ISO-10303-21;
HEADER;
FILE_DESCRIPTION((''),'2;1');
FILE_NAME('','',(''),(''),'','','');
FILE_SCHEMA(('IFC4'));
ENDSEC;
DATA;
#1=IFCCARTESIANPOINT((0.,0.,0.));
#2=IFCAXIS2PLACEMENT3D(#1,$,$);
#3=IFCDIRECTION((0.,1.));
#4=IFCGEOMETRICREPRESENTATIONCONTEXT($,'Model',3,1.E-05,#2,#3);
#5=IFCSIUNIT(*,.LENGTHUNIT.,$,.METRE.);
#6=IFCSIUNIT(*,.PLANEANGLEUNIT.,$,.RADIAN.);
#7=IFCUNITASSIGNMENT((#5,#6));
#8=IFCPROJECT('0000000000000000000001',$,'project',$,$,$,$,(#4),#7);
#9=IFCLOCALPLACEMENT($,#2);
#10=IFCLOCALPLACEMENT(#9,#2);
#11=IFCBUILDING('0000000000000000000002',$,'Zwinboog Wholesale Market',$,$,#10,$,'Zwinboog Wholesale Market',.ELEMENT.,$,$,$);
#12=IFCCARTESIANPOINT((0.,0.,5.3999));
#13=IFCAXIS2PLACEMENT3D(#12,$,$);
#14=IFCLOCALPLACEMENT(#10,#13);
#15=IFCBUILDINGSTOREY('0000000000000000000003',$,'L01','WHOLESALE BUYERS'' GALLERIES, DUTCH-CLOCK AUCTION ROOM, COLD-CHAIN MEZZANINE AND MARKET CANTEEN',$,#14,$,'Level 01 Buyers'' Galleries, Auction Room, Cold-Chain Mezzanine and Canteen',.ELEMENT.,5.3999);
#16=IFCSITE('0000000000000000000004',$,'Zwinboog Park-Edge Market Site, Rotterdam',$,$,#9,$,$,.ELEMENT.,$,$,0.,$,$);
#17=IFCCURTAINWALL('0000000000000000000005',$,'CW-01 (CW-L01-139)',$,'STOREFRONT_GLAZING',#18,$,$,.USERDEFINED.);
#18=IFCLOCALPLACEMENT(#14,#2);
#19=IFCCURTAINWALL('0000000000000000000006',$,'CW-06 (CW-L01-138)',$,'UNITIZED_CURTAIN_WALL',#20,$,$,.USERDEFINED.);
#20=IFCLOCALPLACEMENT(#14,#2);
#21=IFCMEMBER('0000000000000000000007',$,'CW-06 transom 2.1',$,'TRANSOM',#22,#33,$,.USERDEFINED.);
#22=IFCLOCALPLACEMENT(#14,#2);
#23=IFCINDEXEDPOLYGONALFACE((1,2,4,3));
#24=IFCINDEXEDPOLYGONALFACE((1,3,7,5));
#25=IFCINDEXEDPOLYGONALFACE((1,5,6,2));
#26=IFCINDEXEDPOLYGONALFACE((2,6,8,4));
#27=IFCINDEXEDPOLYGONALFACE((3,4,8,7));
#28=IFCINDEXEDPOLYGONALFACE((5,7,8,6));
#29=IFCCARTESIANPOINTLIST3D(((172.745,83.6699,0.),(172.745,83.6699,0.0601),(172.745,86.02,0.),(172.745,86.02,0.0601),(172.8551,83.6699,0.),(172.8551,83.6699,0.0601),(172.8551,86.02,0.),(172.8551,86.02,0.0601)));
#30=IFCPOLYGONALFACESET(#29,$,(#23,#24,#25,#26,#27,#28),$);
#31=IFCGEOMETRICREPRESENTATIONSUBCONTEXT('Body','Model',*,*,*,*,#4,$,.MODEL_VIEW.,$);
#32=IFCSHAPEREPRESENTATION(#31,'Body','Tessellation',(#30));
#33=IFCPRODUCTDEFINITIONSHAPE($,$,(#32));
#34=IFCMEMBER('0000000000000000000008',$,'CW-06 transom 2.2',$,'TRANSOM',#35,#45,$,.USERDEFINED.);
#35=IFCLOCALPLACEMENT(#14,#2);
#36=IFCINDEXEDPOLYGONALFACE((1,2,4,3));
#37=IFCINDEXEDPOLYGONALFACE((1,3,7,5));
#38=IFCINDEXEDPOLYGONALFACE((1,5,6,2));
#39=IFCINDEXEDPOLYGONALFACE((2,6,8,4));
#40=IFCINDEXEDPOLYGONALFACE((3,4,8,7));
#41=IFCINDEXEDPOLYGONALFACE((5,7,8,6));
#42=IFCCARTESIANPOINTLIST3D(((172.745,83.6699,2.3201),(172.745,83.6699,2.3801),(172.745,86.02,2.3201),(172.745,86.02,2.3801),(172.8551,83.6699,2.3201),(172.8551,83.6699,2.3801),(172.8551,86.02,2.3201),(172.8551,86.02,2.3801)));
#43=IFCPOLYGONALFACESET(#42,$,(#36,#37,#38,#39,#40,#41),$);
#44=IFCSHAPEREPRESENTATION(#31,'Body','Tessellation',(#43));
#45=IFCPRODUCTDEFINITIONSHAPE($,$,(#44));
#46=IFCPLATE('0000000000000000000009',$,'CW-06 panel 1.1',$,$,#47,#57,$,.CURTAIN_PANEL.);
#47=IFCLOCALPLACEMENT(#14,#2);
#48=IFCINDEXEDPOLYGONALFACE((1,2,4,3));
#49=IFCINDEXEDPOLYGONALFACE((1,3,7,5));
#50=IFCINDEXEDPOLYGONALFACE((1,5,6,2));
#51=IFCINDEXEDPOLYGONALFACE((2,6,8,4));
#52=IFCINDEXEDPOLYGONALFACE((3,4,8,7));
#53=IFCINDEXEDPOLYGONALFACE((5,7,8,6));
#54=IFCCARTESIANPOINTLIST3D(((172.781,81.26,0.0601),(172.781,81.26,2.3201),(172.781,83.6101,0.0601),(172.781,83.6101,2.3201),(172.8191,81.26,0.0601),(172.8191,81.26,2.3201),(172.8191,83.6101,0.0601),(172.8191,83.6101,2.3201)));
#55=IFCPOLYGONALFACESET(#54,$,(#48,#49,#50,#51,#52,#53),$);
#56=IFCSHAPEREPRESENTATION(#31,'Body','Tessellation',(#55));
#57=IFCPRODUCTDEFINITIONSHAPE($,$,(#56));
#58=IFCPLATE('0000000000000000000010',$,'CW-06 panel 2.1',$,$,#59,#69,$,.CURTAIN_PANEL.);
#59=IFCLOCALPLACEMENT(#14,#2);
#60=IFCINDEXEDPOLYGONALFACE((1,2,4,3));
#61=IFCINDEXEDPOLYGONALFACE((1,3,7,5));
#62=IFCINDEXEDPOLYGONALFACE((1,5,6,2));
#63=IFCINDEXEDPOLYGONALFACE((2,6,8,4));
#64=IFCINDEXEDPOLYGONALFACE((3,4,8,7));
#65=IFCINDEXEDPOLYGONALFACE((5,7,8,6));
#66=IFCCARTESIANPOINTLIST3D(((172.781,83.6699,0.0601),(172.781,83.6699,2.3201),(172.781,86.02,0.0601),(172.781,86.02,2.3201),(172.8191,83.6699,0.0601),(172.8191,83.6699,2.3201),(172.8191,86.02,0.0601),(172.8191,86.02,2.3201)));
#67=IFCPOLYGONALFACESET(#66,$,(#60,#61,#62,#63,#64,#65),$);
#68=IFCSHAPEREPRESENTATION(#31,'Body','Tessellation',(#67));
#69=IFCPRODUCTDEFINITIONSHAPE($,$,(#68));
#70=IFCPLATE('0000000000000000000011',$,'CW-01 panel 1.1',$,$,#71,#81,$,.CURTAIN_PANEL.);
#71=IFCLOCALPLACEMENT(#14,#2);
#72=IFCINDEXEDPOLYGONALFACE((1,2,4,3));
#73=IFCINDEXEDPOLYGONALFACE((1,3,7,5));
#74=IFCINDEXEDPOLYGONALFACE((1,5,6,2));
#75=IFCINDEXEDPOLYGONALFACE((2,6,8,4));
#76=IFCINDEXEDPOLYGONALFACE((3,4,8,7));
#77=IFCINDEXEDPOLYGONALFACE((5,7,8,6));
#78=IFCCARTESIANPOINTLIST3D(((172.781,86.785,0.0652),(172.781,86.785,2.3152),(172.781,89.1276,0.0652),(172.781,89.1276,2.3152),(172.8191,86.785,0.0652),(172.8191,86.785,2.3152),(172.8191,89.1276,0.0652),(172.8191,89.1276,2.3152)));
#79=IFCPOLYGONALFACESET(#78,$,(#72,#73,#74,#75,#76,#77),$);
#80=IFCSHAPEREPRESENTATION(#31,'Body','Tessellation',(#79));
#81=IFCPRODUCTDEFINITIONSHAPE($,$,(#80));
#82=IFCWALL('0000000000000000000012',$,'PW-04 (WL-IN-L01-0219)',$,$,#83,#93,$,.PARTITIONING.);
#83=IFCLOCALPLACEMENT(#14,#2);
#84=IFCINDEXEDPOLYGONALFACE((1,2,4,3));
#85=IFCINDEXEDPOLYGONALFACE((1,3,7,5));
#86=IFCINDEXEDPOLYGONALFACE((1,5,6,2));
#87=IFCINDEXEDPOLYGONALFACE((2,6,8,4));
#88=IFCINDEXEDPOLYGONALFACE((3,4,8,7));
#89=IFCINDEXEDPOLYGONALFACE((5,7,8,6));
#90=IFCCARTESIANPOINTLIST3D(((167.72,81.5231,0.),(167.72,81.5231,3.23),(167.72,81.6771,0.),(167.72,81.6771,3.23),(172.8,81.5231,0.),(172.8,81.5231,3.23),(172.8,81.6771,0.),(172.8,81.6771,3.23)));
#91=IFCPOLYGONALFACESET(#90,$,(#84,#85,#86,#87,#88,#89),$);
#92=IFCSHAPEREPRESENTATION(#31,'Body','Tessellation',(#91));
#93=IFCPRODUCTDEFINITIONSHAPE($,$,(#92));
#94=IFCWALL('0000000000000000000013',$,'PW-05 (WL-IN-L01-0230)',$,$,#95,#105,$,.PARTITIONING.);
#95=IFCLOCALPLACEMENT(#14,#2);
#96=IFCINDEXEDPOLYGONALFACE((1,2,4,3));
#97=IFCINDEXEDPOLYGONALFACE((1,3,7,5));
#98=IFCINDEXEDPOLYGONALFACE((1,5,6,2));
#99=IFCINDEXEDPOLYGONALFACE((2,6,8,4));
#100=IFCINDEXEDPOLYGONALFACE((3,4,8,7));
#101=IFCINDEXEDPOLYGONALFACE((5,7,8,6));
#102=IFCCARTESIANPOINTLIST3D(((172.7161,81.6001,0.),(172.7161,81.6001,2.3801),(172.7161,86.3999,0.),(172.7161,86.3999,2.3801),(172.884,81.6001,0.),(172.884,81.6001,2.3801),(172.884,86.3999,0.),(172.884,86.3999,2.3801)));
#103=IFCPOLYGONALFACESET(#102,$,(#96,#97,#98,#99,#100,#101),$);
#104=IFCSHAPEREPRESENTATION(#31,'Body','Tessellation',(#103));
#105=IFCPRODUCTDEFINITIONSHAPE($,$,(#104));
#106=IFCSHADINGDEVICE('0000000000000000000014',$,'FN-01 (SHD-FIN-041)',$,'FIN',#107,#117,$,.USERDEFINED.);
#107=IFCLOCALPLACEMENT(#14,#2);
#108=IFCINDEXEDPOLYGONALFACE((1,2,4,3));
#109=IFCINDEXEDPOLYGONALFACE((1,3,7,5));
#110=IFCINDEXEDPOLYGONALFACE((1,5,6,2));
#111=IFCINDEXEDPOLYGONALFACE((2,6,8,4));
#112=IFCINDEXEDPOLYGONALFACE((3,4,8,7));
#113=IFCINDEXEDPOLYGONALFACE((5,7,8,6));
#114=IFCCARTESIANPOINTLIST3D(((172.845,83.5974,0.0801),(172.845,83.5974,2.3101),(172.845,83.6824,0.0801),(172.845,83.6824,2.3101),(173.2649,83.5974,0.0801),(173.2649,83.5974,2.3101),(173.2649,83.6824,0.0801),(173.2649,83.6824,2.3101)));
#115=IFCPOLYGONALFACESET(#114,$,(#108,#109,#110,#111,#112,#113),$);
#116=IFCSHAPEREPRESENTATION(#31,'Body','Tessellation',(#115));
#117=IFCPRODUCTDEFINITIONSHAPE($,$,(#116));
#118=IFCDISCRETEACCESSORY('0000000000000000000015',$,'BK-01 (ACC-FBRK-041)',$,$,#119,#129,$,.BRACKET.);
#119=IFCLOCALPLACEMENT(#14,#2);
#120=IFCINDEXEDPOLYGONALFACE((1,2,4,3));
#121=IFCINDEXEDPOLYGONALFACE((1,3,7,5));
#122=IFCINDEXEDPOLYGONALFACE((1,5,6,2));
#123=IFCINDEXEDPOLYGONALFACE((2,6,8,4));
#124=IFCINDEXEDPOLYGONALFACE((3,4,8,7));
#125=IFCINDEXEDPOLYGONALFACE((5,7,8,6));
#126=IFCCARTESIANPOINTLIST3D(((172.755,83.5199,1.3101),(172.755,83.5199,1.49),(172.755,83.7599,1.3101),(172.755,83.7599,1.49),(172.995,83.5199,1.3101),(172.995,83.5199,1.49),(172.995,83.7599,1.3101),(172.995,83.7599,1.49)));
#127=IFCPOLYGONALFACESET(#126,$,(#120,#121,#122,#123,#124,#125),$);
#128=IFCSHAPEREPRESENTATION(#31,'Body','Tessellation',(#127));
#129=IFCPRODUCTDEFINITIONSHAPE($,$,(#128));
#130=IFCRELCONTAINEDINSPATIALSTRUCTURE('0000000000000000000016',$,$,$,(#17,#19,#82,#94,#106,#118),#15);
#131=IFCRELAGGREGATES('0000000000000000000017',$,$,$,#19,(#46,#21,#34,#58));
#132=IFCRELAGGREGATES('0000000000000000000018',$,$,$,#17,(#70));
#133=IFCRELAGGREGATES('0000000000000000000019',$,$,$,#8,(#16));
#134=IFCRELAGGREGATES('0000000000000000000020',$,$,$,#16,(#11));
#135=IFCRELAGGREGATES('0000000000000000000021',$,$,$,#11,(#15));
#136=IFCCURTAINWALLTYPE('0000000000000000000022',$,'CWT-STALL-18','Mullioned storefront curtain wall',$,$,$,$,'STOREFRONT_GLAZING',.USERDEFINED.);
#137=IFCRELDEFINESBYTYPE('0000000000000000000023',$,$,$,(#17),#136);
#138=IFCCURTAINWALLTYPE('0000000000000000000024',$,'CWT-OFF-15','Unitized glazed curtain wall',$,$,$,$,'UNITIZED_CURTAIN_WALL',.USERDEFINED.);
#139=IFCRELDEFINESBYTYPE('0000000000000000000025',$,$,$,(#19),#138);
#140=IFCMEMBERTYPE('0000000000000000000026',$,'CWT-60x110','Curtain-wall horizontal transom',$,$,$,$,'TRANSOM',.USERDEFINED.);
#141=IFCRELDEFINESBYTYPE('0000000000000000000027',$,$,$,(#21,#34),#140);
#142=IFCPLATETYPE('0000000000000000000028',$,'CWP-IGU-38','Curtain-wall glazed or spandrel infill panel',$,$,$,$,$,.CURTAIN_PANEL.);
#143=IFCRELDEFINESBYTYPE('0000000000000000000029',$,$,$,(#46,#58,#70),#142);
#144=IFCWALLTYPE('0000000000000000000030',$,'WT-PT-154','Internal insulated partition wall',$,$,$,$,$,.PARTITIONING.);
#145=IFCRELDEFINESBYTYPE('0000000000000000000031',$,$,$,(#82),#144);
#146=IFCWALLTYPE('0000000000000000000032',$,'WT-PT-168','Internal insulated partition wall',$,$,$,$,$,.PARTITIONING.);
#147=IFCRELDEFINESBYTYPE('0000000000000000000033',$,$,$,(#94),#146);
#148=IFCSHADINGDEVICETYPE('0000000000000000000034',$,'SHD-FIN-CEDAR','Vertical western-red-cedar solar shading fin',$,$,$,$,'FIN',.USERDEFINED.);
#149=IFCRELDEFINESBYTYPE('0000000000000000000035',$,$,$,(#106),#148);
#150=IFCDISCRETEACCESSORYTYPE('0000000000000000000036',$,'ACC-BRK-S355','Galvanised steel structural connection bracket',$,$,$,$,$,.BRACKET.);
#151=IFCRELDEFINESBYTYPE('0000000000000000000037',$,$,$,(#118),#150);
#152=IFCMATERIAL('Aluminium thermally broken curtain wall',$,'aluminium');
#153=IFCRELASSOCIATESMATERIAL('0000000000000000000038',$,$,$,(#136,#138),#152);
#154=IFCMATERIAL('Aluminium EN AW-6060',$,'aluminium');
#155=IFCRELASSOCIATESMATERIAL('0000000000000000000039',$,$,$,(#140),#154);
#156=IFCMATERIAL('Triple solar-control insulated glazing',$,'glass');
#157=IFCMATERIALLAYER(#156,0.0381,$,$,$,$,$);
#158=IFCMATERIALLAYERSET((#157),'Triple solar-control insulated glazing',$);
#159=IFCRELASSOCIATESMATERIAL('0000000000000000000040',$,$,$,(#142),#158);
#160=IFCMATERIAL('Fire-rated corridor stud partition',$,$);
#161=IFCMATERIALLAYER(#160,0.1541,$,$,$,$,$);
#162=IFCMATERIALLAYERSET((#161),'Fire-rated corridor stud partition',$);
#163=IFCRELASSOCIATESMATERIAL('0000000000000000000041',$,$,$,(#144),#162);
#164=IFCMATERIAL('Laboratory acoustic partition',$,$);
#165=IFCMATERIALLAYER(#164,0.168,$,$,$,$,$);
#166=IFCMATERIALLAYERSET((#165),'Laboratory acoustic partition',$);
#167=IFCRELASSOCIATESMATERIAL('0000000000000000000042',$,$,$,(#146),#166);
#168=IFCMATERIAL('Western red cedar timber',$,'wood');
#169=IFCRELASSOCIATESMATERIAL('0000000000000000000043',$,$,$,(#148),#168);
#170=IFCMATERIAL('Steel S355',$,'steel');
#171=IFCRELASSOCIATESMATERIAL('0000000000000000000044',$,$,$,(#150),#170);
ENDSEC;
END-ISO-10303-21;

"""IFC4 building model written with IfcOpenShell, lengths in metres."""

from ifc_helpers import new_model, si_unit, direction, frame, frame_2d, origin, origin_2d, place, context, subcontext, project, spatial, rectangle, extrude, material, layer, layer_set, material_profile, profile_set, type_object, element, aggregate, save


model = new_model("IFC4")

# Units and contexts
model_context = context("Model", 3, precision=1e-05, world=origin(), true_north=direction((0.0, 1.0)))
body_context = subcontext(model_context, "Body", "Model", "MODEL_VIEW")
ifc_project = project(units=[si_unit("LENGTHUNIT", "METRE"), si_unit("PLANEANGLEUNIT", "RADIAN")], contexts=[model_context])

# Site, building, storey
site_placement = place(None, origin())
site = spatial("IfcSite", under=ifc_project, at=site_placement, Name="Zwinboog Park-Edge Market Site, Rotterdam", CompositionType="ELEMENT", RefElevation=0.0)
building_placement = place(site_placement, origin())
building = spatial("IfcBuilding", under=site, at=building_placement, Name="Zwinboog Wholesale Market", LongName="Zwinboog Wholesale Market", CompositionType="ELEMENT")
storey_placement = place(building_placement, frame((0.0, 0.0, 5.3999)))
storey = spatial("IfcBuildingStorey", under=building, at=storey_placement, Name="L01", Description="WHOLESALE BUYERS' GALLERIES, DUTCH-CLOCK AUCTION ROOM, COLD-CHAIN MEZZANINE AND MARKET CANTEEN", LongName="Level 01 Buyers' Galleries, Auction Room, Cold-Chain Mezzanine and Canteen", CompositionType="ELEMENT", Elevation=5.3999)

# Shared definitions
ifc_material_1 = material(Name="Steel S355", Category="steel")

# Curtain walls
ifc_material_2 = material(Name="Aluminium thermally broken curtain wall", Category="aluminium")
curtain_wall_type_1 = type_object("IfcCurtainWallType", Name="CWT-STALL-18", Description="Mullioned storefront curtain wall", ElementType="STOREFRONT_GLAZING", PredefinedType="USERDEFINED", material=ifc_material_2)
curtain_wall_1_placement = place(storey_placement, origin())
curtain_wall_1 = element("IfcCurtainWall", 1, at=curtain_wall_1_placement, inside=storey, type_object=curtain_wall_type_1, Name="CW-01 (CW-L01-139)", ObjectType="STOREFRONT_GLAZING", PredefinedType="USERDEFINED")
ifc_material_3 = material(Name="Aluminium EN AW-6060", Category="aluminium")
curtain_wall_type_2 = type_object("IfcCurtainWallType", Name="CWT-OFF-15", Description="Unitized glazed curtain wall", ElementType="UNITIZED_CURTAIN_WALL", PredefinedType="USERDEFINED", material=ifc_material_2)
curtain_wall_2_placement = place(storey_placement, origin())
curtain_wall_2 = element("IfcCurtainWall", 2, at=curtain_wall_2_placement, inside=storey, type_object=curtain_wall_type_2, Name="CW-06 (CW-L01-138)", ObjectType="UNITIZED_CURTAIN_WALL", PredefinedType="USERDEFINED")

# Members
ifc_material_profile_1 = material_profile(ifc_material_3, rectangle(XDim=0.1101, YDim=0.0601, at=origin_2d()), Name="AL 60x110")
ifc_profile_set_1 = profile_set([ifc_material_profile_1], Name="Aluminium EN AW-6060")
member_type_1 = type_object("IfcMemberType", Name="CWT-60x110", Description="Curtain-wall horizontal transom", ElementType="TRANSOM", PredefinedType="USERDEFINED", material=ifc_profile_set_1)
member_1_placement = place(storey_placement, frame((172.8, 83.6699, 0.03), z_axis=(0.0, 1.0, 0.0), x_axis=(-1.0, 0.0, 0.0)))
member_1 = element("IfcMember", 3, at=member_1_placement, type_object=member_type_1, Name="CW-06 transom 2.1", ObjectType="TRANSOM", PredefinedType="USERDEFINED", context=body_context, shape_type="SweptSolid", body=[
    extrude(rectangle(XDim=0.1101, YDim=0.0601, at=origin_2d()), origin(), (0.0, 0.0, 1.0), 2.3501),
])
member_2_placement = place(storey_placement, frame((172.8, 83.6699, 2.3501), z_axis=(0.0, 1.0, 0.0), x_axis=(-1.0, 0.0, 0.0)))
member_2 = element("IfcMember", 4, at=member_2_placement, type_object=member_type_1, Name="CW-06 transom 2.2", ObjectType="TRANSOM", PredefinedType="USERDEFINED", context=body_context, shape_type="SweptSolid", body=[
    extrude(rectangle(XDim=0.1101, YDim=0.0601, at=origin_2d()), origin(), (0.0, 0.0, 1.0), 2.3501),
])

# Plates
ifc_material_4 = material(Name="Triple solar-control insulated glazing", Category="glass")
ifc_layer_1 = layer(ifc_material_4, 0.0381)
ifc_layer_set_1 = layer_set([ifc_layer_1], Name="Triple solar-control insulated glazing")
plate_type = type_object("IfcPlateType", Name="CWP-IGU-38", Description="Curtain-wall glazed or spandrel infill panel", PredefinedType="CURTAIN_PANEL", material=ifc_layer_set_1)
plate_1_placement = place(storey_placement, frame((172.8, 82.4351, 0.0601), z_axis=(0.0, 0.0, 1.0), x_axis=(0.0, 1.0, 0.0)))
plate_1 = element("IfcPlate", 5, at=plate_1_placement, type_object=plate_type, Name="CW-06 panel 1.1", PredefinedType="CURTAIN_PANEL", context=body_context, shape_type="SweptSolid", body=[
    extrude(rectangle(XDim=2.3501, YDim=0.0381, at=origin_2d()), origin(), (0.0, 0.0, 1.0), 2.26),
])
plate_2_placement = place(storey_placement, frame((172.8, 84.845, 0.0601), z_axis=(0.0, 0.0, 1.0), x_axis=(0.0, 1.0, 0.0)))
plate_2 = element("IfcPlate", 6, at=plate_2_placement, type_object=plate_type, Name="CW-06 panel 2.1", PredefinedType="CURTAIN_PANEL", context=body_context, shape_type="SweptSolid", body=[
    extrude(rectangle(XDim=2.3501, YDim=0.0381, at=origin_2d()), origin(), (0.0, 0.0, 1.0), 2.26),
])
aggregate(curtain_wall_2, [plate_1, member_1, member_2, plate_2])
plate_3_placement = place(storey_placement, frame((172.8, 87.9563, 0.0652), z_axis=(0.0, 0.0, 1.0), x_axis=(0.0, 1.0, 0.0)))
plate_3 = element("IfcPlate", 7, at=plate_3_placement, type_object=plate_type, Name="CW-01 panel 1.1", PredefinedType="CURTAIN_PANEL", context=body_context, shape_type="SweptSolid", body=[
    extrude(rectangle(XDim=2.3425, YDim=0.0381, at=origin_2d()), origin(), (0.0, 0.0, 1.0), 2.25),
])
aggregate(curtain_wall_1, [plate_3])

# Walls
ifc_material_5 = material(Name="Fire-rated corridor stud partition")
ifc_layer_2 = layer(ifc_material_5, 0.1541)
ifc_layer_set_2 = layer_set([ifc_layer_2], Name="Fire-rated corridor stud partition")
wall_type_1 = type_object("IfcWallType", Name="WT-PT-154", Description="Internal insulated partition wall", PredefinedType="PARTITIONING", material=ifc_layer_set_2)
wall_1_placement = place(storey_placement, frame((167.72, 81.6001, 0.0), z_axis=(0.0, 0.0, 1.0), x_axis=(1.0, 0.0, 0.0)))
element("IfcWall", 8, at=wall_1_placement, inside=storey, type_object=wall_type_1, Name="PW-04 (WL-IN-L01-0219)", PredefinedType="PARTITIONING", context=body_context, shape_type="SweptSolid", body=[
    extrude(rectangle(XDim=5.0801, YDim=0.1541, at=frame_2d((2.54, 0.0))), origin(), (0.0, 0.0, 1.0), 3.23),
])
ifc_material_6 = material(Name="Laboratory acoustic partition")
ifc_layer_3 = layer(ifc_material_6, 0.168)
ifc_layer_set_3 = layer_set([ifc_layer_3], Name="Laboratory acoustic partition")
wall_type_2 = type_object("IfcWallType", Name="WT-PT-168", Description="Internal insulated partition wall", PredefinedType="PARTITIONING", material=ifc_layer_set_3)
wall_2_placement = place(storey_placement, frame((172.8, 81.6001, 0.0), z_axis=(0.0, 0.0, 1.0), x_axis=(0.0, 1.0, 0.0)))
element("IfcWall", 9, at=wall_2_placement, inside=storey, type_object=wall_type_2, Name="PW-05 (WL-IN-L01-0230)", PredefinedType="PARTITIONING", context=body_context, shape_type="SweptSolid", body=[
    extrude(rectangle(XDim=4.7998, YDim=0.168, at=frame_2d((2.3999, 0.0))), origin(), (0.0, 0.0, 1.0), 2.3801),
])

# Shading device
ifc_material_7 = material(Name="Western red cedar timber", Category="wood")
shading_device_type = type_object("IfcShadingDeviceType", Name="SHD-FIN-CEDAR", Description="Vertical western-red-cedar solar shading fin", ElementType="FIN", PredefinedType="USERDEFINED", material=ifc_material_7)
shading_device_placement = place(storey_placement, frame((173.0549, 83.6399, 0.0801), z_axis=(0.0, 0.0, 1.0), x_axis=(1.0, 0.0, 0.0)))
element("IfcShadingDevice", 10, at=shading_device_placement, inside=storey, type_object=shading_device_type, Name="FN-01 (SHD-FIN-041)", ObjectType="FIN", PredefinedType="USERDEFINED", context=body_context, shape_type="SweptSolid", body=[
    extrude(rectangle(XDim=0.4199, YDim=0.085, at=origin_2d()), origin(), (0.0, 0.0, 1.0), 2.23),
])

# Discrete accessory
discrete_accessory_type = type_object("IfcDiscreteAccessoryType", Name="ACC-BRK-S355", Description="Galvanised steel structural connection bracket", PredefinedType="BRACKET", material=ifc_material_1)
discrete_accessory_placement = place(storey_placement, frame((172.875, 83.6399, 1.3101), z_axis=(0.0, 0.0, 1.0), x_axis=(1.0, 0.0, 0.0)))
element("IfcDiscreteAccessory", 11, at=discrete_accessory_placement, inside=storey, type_object=discrete_accessory_type, Name="BK-01 (ACC-FBRK-041)", PredefinedType="BRACKET", context=body_context, shape_type="SweptSolid", body=[
    extrude(rectangle(XDim=0.24, YDim=0.24, at=origin_2d()), origin(), (0.0, 0.0, 1.0), 0.1799),
])

save(model, "model.ifc")
